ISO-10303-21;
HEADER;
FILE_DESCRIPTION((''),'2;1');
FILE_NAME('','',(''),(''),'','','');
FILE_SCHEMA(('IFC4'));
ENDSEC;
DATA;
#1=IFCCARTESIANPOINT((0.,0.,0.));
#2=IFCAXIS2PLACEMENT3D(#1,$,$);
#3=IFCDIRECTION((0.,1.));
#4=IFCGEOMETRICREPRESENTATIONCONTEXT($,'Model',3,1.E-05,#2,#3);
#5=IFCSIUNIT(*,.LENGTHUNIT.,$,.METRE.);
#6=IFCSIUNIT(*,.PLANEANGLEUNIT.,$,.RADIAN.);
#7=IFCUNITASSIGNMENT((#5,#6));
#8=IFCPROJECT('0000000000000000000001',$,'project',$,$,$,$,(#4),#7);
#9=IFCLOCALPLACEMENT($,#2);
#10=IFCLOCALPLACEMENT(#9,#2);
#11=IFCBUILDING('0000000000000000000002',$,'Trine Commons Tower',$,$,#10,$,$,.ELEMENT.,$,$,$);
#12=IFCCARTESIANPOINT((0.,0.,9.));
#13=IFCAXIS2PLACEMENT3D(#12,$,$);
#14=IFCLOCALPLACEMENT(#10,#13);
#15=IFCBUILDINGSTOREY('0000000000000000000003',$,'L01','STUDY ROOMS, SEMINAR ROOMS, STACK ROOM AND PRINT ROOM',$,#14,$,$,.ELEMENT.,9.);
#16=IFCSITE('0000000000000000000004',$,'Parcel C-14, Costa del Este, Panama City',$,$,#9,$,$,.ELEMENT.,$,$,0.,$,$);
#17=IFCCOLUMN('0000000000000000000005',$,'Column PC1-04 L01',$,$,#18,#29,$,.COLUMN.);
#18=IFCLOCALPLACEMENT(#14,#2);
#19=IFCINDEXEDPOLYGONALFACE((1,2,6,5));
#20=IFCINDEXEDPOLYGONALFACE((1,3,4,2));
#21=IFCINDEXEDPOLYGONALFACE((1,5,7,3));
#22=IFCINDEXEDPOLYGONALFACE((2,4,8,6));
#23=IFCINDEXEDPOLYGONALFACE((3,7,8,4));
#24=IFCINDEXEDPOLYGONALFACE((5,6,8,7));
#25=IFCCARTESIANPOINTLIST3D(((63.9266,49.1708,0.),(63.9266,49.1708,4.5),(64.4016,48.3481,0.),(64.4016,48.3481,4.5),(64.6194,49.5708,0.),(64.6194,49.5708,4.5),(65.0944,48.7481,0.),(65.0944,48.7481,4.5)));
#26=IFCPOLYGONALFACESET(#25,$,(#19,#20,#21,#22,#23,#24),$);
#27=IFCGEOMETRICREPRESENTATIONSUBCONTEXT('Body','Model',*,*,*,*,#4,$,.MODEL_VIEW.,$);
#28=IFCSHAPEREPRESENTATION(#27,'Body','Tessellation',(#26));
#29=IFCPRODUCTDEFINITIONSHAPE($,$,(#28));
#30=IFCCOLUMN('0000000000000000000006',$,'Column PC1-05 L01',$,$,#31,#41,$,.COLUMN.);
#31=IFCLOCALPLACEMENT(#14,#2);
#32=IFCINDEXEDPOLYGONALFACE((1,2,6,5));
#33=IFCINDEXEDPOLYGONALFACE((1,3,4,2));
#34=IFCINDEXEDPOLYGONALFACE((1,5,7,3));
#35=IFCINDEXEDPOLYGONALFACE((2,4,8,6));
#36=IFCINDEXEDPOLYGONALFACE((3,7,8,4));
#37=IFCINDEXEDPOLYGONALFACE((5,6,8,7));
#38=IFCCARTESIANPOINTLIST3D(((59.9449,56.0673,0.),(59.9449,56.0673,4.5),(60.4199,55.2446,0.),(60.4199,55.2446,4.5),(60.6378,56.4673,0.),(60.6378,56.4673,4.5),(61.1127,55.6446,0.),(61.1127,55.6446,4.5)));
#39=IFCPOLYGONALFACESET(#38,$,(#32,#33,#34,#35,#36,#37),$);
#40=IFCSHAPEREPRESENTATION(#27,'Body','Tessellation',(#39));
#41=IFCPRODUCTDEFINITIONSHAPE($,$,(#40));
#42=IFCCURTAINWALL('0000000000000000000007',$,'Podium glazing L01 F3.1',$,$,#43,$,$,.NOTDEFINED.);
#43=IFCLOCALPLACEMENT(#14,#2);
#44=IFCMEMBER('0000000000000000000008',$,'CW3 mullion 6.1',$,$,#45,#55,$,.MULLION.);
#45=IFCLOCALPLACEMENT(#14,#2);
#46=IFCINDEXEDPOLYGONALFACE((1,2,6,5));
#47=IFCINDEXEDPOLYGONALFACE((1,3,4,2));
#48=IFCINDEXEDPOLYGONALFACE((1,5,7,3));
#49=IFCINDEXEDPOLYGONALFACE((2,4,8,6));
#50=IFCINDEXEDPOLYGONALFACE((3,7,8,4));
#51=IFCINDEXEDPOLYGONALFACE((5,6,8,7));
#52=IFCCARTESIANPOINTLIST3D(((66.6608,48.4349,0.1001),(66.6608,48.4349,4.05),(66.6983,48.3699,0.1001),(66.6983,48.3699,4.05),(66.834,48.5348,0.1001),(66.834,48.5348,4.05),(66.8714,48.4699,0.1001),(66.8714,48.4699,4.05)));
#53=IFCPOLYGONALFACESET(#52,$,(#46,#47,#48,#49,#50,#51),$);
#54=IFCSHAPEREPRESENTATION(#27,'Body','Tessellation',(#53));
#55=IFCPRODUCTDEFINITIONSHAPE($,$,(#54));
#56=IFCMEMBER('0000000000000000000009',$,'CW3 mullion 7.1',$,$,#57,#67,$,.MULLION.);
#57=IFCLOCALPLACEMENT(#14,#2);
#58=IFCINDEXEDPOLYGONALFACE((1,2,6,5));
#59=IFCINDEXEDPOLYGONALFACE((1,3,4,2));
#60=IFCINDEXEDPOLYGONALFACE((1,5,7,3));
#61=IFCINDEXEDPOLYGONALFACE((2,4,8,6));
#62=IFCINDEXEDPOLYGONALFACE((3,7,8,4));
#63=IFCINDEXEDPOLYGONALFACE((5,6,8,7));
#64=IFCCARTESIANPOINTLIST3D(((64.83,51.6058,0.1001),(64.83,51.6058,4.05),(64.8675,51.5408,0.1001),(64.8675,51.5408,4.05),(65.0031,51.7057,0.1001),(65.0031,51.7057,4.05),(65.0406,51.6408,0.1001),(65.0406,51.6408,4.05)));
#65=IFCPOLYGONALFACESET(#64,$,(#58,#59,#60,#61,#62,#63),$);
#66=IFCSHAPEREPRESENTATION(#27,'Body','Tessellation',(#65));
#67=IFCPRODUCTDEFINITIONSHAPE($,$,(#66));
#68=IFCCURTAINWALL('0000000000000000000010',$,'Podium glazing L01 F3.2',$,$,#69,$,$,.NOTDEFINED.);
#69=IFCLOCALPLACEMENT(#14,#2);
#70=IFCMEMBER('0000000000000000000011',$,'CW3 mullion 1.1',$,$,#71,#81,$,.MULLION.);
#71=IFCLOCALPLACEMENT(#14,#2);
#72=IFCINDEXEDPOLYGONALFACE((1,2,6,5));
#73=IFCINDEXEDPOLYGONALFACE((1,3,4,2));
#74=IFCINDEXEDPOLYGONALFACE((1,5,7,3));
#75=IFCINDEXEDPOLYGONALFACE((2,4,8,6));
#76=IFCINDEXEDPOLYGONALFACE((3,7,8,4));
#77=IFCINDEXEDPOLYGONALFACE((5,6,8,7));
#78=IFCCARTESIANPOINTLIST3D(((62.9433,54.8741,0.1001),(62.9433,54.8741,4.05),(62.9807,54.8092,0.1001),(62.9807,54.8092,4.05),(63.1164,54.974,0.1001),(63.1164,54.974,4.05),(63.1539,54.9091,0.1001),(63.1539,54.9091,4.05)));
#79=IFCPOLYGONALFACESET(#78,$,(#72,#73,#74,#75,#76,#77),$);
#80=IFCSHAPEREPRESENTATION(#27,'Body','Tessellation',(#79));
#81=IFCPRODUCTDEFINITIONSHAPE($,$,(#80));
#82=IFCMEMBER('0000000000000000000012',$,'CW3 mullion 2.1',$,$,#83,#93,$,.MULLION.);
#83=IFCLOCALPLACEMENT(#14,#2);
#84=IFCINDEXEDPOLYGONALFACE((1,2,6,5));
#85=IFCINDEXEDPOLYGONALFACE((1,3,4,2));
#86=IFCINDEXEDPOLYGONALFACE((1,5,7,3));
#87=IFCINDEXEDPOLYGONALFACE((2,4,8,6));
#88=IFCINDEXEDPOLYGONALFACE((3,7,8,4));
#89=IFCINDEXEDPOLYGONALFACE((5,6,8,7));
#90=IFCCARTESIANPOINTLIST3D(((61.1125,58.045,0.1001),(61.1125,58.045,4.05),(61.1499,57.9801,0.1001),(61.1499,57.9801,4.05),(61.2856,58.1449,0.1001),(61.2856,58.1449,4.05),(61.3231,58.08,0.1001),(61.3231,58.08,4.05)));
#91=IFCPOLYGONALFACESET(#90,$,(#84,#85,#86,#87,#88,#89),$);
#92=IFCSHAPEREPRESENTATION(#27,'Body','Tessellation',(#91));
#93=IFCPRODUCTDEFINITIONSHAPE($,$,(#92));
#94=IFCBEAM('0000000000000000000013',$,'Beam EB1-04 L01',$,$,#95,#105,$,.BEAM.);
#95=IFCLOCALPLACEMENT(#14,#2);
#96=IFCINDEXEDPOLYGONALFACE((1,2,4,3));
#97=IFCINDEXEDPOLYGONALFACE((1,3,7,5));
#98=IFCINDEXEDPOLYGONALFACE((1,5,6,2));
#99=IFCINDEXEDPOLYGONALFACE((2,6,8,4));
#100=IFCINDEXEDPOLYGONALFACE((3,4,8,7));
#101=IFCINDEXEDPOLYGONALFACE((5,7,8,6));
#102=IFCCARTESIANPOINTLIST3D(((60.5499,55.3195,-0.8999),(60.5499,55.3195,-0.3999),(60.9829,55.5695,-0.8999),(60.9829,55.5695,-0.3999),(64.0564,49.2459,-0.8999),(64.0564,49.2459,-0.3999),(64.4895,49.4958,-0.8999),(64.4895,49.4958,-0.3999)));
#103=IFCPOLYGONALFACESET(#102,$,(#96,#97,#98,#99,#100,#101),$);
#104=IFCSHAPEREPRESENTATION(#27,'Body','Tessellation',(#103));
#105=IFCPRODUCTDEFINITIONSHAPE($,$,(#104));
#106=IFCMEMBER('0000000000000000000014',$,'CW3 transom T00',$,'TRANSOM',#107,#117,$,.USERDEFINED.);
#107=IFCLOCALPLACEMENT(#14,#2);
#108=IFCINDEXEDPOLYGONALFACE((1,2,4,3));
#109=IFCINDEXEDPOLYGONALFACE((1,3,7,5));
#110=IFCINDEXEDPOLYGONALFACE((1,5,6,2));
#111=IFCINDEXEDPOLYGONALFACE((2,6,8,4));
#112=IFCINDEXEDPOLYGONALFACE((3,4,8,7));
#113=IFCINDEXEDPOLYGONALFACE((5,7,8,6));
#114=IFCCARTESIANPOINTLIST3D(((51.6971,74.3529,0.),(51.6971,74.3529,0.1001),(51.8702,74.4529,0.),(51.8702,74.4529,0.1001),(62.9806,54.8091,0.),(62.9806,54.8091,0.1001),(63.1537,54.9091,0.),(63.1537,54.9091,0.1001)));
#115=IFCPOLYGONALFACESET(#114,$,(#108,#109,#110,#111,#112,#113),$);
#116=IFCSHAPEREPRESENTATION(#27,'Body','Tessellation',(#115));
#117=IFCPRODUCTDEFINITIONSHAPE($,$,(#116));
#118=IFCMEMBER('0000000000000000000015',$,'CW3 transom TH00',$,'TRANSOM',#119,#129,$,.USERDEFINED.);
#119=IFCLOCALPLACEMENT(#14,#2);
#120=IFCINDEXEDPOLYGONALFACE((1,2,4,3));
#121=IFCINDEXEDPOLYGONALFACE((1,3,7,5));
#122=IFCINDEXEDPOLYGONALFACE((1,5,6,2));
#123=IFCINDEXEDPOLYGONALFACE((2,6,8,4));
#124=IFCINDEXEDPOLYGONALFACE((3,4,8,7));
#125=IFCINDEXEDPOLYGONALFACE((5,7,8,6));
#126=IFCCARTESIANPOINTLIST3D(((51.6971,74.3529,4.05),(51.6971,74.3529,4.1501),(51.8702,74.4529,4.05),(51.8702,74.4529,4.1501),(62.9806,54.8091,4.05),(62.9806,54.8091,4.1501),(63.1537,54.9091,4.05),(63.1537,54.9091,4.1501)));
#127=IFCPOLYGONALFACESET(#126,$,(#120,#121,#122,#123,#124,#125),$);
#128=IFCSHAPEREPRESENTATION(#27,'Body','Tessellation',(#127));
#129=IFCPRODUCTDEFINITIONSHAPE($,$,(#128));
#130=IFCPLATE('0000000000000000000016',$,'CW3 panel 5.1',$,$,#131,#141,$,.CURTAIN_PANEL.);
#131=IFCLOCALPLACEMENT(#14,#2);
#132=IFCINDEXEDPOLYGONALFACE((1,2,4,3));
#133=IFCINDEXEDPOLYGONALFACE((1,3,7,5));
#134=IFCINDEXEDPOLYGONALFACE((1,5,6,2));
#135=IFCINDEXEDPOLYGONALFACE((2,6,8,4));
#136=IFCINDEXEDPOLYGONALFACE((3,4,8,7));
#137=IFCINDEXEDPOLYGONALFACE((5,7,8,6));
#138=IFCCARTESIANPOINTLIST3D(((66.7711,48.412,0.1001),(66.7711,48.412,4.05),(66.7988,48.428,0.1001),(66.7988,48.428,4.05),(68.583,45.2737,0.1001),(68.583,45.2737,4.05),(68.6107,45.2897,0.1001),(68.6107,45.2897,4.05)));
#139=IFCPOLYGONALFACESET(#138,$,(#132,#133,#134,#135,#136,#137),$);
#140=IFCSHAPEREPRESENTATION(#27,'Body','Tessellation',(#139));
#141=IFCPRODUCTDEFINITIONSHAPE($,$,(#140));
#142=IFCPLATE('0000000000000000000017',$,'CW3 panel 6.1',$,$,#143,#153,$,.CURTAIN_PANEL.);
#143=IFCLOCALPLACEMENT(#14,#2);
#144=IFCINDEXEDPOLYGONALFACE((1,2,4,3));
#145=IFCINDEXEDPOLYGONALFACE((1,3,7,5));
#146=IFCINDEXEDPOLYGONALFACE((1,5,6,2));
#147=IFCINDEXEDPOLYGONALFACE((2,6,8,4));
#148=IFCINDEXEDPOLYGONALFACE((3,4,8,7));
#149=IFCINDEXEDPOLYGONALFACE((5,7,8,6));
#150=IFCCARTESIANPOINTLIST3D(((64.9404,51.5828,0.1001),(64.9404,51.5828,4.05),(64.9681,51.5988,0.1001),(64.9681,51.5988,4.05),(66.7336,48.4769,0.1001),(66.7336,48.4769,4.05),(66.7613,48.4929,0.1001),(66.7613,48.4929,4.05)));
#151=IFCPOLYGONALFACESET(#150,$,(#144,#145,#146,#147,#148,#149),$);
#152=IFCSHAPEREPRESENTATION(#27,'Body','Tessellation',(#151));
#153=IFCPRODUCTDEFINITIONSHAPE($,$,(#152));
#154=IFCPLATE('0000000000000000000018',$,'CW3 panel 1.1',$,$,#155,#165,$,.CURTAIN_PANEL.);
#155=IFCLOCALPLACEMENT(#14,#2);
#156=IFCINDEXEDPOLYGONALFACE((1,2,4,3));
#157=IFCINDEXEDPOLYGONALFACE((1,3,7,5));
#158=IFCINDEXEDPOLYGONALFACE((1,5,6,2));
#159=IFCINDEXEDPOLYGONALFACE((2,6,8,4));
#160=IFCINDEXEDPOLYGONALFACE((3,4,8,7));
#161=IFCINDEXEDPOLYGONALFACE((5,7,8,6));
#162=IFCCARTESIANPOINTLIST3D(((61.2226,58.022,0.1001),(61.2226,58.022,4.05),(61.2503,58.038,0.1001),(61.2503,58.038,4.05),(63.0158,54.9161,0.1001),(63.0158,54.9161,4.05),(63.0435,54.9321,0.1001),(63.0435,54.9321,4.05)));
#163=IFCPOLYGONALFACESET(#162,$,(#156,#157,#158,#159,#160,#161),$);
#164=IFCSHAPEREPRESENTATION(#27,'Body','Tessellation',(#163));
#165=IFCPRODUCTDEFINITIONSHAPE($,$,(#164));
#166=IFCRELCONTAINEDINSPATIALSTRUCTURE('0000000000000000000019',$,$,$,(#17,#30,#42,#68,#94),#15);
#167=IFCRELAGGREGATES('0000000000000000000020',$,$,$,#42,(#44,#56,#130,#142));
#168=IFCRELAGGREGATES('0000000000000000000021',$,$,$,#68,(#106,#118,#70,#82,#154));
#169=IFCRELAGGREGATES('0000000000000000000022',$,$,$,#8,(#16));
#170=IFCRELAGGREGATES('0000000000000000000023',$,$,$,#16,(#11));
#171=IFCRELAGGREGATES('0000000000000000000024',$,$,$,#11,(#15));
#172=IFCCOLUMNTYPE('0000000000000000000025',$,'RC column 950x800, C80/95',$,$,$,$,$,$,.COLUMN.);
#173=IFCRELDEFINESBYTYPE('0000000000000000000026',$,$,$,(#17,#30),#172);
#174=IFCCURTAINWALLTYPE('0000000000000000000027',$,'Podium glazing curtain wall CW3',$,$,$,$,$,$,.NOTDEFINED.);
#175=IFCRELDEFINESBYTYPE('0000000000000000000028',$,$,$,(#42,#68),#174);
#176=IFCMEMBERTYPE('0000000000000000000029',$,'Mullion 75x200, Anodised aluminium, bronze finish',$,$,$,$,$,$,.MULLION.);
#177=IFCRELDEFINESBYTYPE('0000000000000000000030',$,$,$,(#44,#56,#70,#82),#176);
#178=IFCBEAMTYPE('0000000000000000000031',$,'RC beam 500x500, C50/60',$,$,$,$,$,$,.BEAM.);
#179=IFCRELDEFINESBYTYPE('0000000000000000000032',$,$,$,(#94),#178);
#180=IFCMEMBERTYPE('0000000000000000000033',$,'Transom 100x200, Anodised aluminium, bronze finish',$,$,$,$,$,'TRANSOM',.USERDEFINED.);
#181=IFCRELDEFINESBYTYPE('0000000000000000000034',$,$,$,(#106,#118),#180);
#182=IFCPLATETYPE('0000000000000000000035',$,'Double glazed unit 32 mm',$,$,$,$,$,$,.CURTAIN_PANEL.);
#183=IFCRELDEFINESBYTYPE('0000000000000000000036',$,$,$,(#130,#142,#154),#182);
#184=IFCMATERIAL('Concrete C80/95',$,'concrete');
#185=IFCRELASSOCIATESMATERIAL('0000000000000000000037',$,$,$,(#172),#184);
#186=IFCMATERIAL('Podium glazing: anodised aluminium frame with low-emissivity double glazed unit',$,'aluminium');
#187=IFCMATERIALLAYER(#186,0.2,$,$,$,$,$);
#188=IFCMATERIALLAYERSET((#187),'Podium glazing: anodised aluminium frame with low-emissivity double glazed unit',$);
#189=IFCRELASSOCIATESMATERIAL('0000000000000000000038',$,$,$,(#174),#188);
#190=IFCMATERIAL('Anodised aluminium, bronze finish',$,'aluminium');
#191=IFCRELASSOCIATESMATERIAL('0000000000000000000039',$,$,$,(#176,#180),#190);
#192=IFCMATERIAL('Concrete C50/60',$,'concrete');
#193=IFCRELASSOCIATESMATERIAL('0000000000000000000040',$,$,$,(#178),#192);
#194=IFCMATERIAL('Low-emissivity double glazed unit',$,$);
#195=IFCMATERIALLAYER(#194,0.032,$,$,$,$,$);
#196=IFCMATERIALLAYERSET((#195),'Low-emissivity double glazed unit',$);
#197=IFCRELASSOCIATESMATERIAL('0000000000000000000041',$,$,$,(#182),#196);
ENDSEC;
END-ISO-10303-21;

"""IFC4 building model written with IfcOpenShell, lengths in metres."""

from ifc_helpers import new_model, si_unit, direction, frame, origin, origin_2d, place, context, subcontext, project, spatial, rectangle, extrude, material, layer, layer_set, material_profile, profile_set, type_object, element, aggregate, save


model = new_model("IFC4")

# Units and contexts
model_context = context("Model", 3, precision=1e-05, world=origin(), true_north=direction((0.0, 1.0)))
body_context = subcontext(model_context, "Body", "Model", "MODEL_VIEW")
ifc_project = project(units=[si_unit("LENGTHUNIT", "METRE"), si_unit("PLANEANGLEUNIT", "RADIAN")], contexts=[model_context])

# Site, building, storey
site_placement = place(None, origin())
site = spatial("IfcSite", under=ifc_project, at=site_placement, Name="Parcel C-14, Costa del Este, Panama City", CompositionType="ELEMENT", RefElevation=0.0)
building_placement = place(site_placement, origin())
building = spatial("IfcBuilding", under=site, at=building_placement, Name="Trine Commons Tower", CompositionType="ELEMENT")
storey_placement = place(building_placement, frame((0.0, 0.0, 9.0)))
storey = spatial("IfcBuildingStorey", under=building, at=storey_placement, Name="L01", Description="STUDY ROOMS, SEMINAR ROOMS, STACK ROOM AND PRINT ROOM", CompositionType="ELEMENT", Elevation=9.0)

# Columns
ifc_material_1 = material(Name="Concrete C80/95", Category="concrete")
ifc_material_profile_1 = material_profile(ifc_material_1, rectangle(XDim=0.95, YDim=0.8, at=origin_2d()), Name="RC 950x800")
ifc_profile_set_1 = profile_set([ifc_material_profile_1], Name="Concrete C80/95")
column_type = type_object("IfcColumnType", Name="RC column 950x800, C80/95", PredefinedType="COLUMN", material=ifc_profile_set_1)
for number, where, z_axis, x_axis, name in (
    (1, (64.5105, 48.9595, 0.0), (0.0, 0.0, 1.0), (-0.5, 0.866025, 0.0), "Column PC1-04 L01"),
    (2, (60.5288, 55.856, 0.0), (0.0, 0.0, 1.0), (-0.5, 0.866025, 0.0), "Column PC1-05 L01"),
):
    element("IfcColumn", number, at=place(storey_placement, frame(where, z_axis=z_axis, x_axis=x_axis)), inside=storey, type_object=column_type, Name=name, PredefinedType="COLUMN", context=body_context, shape_type="SweptSolid", body=[
        extrude(rectangle(XDim=0.95, YDim=0.8, at=origin_2d()), origin(), (0.0, 0.0, 1.0), 4.5),
    ])

# Curtain walls, members
ifc_material_2 = material(Name="Podium glazing: anodised aluminium frame with low-emissivity double glazed unit", Category="aluminium")
ifc_layer_1 = layer(ifc_material_2, 0.2)
ifc_layer_set_1 = layer_set([ifc_layer_1], Name="Podium glazing: anodised aluminium frame with low-emissivity double glazed unit")
curtain_wall_type = type_object("IfcCurtainWallType", Name="Podium glazing curtain wall CW3", PredefinedType="NOTDEFINED", material=ifc_layer_set_1)
curtain_wall_1_placement = place(storey_placement, origin())
curtain_wall_1 = element("IfcCurtainWall", 3, at=curtain_wall_1_placement, inside=storey, type_object=curtain_wall_type, Name="Podium glazing L01 F3.1", PredefinedType="NOTDEFINED")
ifc_material_3 = material(Name="Anodised aluminium, bronze finish", Category="aluminium")
ifc_material_profile_2 = material_profile(ifc_material_3, rectangle(XDim=0.2, YDim=0.075, at=origin_2d()), Name="Mullion 75x200")
ifc_profile_set_2 = profile_set([ifc_material_profile_2], Name="Anodised aluminium, bronze finish")
member_type_1 = type_object("IfcMemberType", Name="Mullion 75x200, Anodised aluminium, bronze finish", PredefinedType="MULLION", material=ifc_profile_set_2)
member_1_placement = place(storey_placement, frame((66.7661, 48.4524, 0.1001), z_axis=(0.0, 0.0, 1.0), x_axis=(-0.866025, -0.5, 0.0)))
member_1 = element("IfcMember", 4, at=member_1_placement, type_object=member_type_1, Name="CW3 mullion 6.1", PredefinedType="MULLION", context=body_context, shape_type="SweptSolid", body=[
    extrude(rectangle(XDim=0.2, YDim=0.075, at=origin_2d()), origin(), (0.0, 0.0, 1.0), 3.95),
])
member_2_placement = place(storey_placement, frame((64.9353, 51.6233, 0.1001), z_axis=(0.0, 0.0, 1.0), x_axis=(-0.866025, -0.5, 0.0)))
member_2 = element("IfcMember", 5, at=member_2_placement, type_object=member_type_1, Name="CW3 mullion 7.1", PredefinedType="MULLION", context=body_context, shape_type="SweptSolid", body=[
    extrude(rectangle(XDim=0.2, YDim=0.075, at=origin_2d()), origin(), (0.0, 0.0, 1.0), 3.95),
])
curtain_wall_2_placement = place(storey_placement, origin())
curtain_wall_2 = element("IfcCurtainWall", 6, at=curtain_wall_2_placement, inside=storey, type_object=curtain_wall_type, Name="Podium glazing L01 F3.2", PredefinedType="NOTDEFINED")
member_3_placement = place(storey_placement, frame((63.0486, 54.8916, 0.1001), z_axis=(0.0, 0.0, 1.0), x_axis=(-0.866025, -0.5, 0.0)))
member_3 = element("IfcMember", 7, at=member_3_placement, type_object=member_type_1, Name="CW3 mullion 1.1", PredefinedType="MULLION", context=body_context, shape_type="SweptSolid", body=[
    extrude(rectangle(XDim=0.2, YDim=0.075, at=origin_2d()), origin(), (0.0, 0.0, 1.0), 3.95),
])
member_4_placement = place(storey_placement, frame((61.2178, 58.0625, 0.1001), z_axis=(0.0, 0.0, 1.0), x_axis=(-0.866025, -0.5, 0.0)))
member_4 = element("IfcMember", 8, at=member_4_placement, type_object=member_type_1, Name="CW3 mullion 2.1", PredefinedType="MULLION", context=body_context, shape_type="SweptSolid", body=[
    extrude(rectangle(XDim=0.2, YDim=0.075, at=origin_2d()), origin(), (0.0, 0.0, 1.0), 3.95),
])

# Beam
ifc_material_4 = material(Name="Concrete C50/60", Category="concrete")
ifc_material_profile_3 = material_profile(ifc_material_4, rectangle(XDim=0.5, YDim=0.5, at=origin_2d()), Name="RC 500x500")
ifc_profile_set_3 = profile_set([ifc_material_profile_3], Name="Concrete C50/60")
beam_type = type_object("IfcBeamType", Name="RC beam 500x500, C50/60", PredefinedType="BEAM", material=ifc_profile_set_3)
beam_placement = place(storey_placement, frame((64.2729, 49.3708, -0.6499), z_axis=(-0.499992, 0.86603, 0.0), x_axis=(-0.86603, -0.499992, 0.0)))
element("IfcBeam", 9, at=beam_placement, inside=storey, type_object=beam_type, Name="Beam EB1-04 L01", PredefinedType="BEAM", context=body_context, shape_type="SweptSolid", body=[
    extrude(rectangle(XDim=0.5, YDim=0.5, at=origin_2d()), origin(), (0.0, 0.0, 1.0), 7.0132),
])

# Members
ifc_material_profile_4 = material_profile(ifc_material_3, rectangle(XDim=0.2, YDim=0.1001, at=origin_2d()), Name="Transom 100x200")
ifc_profile_set_4 = profile_set([ifc_material_profile_4], Name="Anodised aluminium, bronze finish")
member_type_2 = type_object("IfcMemberType", Name="Transom 100x200, Anodised aluminium, bronze finish", ElementType="TRANSOM", PredefinedType="USERDEFINED", material=ifc_profile_set_4)
member_5_placement = place(storey_placement, frame((63.0671, 54.8591, 0.05), z_axis=(-0.499996, 0.866028, 0.0), x_axis=(-0.866028, -0.499996, 0.0)))
member_5 = element("IfcMember", 10, at=member_5_placement, type_object=member_type_2, Name="CW3 transom T00", ObjectType="TRANSOM", PredefinedType="USERDEFINED", context=body_context, shape_type="SweptSolid", body=[
    extrude(rectangle(XDim=0.2, YDim=0.1001, at=origin_2d()), origin(), (0.0, 0.0, 1.0), 22.5671),
])
member_6_placement = place(storey_placement, frame((63.0671, 54.8591, 4.1001), z_axis=(-0.499996, 0.866028, 0.0), x_axis=(-0.866028, -0.499996, 0.0)))
member_6 = element("IfcMember", 11, at=member_6_placement, type_object=member_type_2, Name="CW3 transom TH00", ObjectType="TRANSOM", PredefinedType="USERDEFINED", context=body_context, shape_type="SweptSolid", body=[
    extrude(rectangle(XDim=0.2, YDim=0.1001, at=origin_2d()), origin(), (0.0, 0.0, 1.0), 22.5671),
])

# Plates
ifc_material_5 = material(Name="Low-emissivity double glazed unit")
ifc_layer_2 = layer(ifc_material_5, 0.032)
ifc_layer_set_2 = layer_set([ifc_layer_2], Name="Low-emissivity double glazed unit")
plate_type = type_object("IfcPlateType", Name="Double glazed unit 32 mm", PredefinedType="CURTAIN_PANEL", material=ifc_layer_set_2)
plate_1_placement = place(storey_placement, frame((67.6909, 46.8508, 0.1001), z_axis=(0.0, 0.0, 1.0), x_axis=(-0.5, 0.866025, 0.0)))
plate_1 = element("IfcPlate", 12, at=plate_1_placement, type_object=plate_type, Name="CW3 panel 5.1", PredefinedType="CURTAIN_PANEL", context=body_context, shape_type="SweptSolid", body=[
    extrude(rectangle(XDim=3.6238, YDim=0.032, at=origin_2d()), origin(), (0.0, 0.0, 1.0), 3.95),
])
plate_2_placement = place(storey_placement, frame((65.8508, 50.0378, 0.1001), z_axis=(0.0, 0.0, 1.0), x_axis=(-0.5, 0.866025, 0.0)))
plate_2 = element("IfcPlate", 13, at=plate_2_placement, type_object=plate_type, Name="CW3 panel 6.1", PredefinedType="CURTAIN_PANEL", context=body_context, shape_type="SweptSolid", body=[
    extrude(rectangle(XDim=3.5864, YDim=0.032, at=origin_2d()), origin(), (0.0, 0.0, 1.0), 3.95),
])
aggregate(curtain_wall_1, [member_1, member_2, plate_1, plate_2])
plate_3_placement = place(storey_placement, frame((62.1331, 56.4771, 0.1001), z_axis=(0.0, 0.0, 1.0), x_axis=(-0.5, 0.866025, 0.0)))
plate_3 = element("IfcPlate", 14, at=plate_3_placement, type_object=plate_type, Name="CW3 panel 1.1", PredefinedType="CURTAIN_PANEL", context=body_context, shape_type="SweptSolid", body=[
    extrude(rectangle(XDim=3.5864, YDim=0.032, at=origin_2d()), origin(), (0.0, 0.0, 1.0), 3.95),
])
aggregate(curtain_wall_2, [member_5, member_6, member_3, member_4, plate_3])

save(model, "model.ifc")
